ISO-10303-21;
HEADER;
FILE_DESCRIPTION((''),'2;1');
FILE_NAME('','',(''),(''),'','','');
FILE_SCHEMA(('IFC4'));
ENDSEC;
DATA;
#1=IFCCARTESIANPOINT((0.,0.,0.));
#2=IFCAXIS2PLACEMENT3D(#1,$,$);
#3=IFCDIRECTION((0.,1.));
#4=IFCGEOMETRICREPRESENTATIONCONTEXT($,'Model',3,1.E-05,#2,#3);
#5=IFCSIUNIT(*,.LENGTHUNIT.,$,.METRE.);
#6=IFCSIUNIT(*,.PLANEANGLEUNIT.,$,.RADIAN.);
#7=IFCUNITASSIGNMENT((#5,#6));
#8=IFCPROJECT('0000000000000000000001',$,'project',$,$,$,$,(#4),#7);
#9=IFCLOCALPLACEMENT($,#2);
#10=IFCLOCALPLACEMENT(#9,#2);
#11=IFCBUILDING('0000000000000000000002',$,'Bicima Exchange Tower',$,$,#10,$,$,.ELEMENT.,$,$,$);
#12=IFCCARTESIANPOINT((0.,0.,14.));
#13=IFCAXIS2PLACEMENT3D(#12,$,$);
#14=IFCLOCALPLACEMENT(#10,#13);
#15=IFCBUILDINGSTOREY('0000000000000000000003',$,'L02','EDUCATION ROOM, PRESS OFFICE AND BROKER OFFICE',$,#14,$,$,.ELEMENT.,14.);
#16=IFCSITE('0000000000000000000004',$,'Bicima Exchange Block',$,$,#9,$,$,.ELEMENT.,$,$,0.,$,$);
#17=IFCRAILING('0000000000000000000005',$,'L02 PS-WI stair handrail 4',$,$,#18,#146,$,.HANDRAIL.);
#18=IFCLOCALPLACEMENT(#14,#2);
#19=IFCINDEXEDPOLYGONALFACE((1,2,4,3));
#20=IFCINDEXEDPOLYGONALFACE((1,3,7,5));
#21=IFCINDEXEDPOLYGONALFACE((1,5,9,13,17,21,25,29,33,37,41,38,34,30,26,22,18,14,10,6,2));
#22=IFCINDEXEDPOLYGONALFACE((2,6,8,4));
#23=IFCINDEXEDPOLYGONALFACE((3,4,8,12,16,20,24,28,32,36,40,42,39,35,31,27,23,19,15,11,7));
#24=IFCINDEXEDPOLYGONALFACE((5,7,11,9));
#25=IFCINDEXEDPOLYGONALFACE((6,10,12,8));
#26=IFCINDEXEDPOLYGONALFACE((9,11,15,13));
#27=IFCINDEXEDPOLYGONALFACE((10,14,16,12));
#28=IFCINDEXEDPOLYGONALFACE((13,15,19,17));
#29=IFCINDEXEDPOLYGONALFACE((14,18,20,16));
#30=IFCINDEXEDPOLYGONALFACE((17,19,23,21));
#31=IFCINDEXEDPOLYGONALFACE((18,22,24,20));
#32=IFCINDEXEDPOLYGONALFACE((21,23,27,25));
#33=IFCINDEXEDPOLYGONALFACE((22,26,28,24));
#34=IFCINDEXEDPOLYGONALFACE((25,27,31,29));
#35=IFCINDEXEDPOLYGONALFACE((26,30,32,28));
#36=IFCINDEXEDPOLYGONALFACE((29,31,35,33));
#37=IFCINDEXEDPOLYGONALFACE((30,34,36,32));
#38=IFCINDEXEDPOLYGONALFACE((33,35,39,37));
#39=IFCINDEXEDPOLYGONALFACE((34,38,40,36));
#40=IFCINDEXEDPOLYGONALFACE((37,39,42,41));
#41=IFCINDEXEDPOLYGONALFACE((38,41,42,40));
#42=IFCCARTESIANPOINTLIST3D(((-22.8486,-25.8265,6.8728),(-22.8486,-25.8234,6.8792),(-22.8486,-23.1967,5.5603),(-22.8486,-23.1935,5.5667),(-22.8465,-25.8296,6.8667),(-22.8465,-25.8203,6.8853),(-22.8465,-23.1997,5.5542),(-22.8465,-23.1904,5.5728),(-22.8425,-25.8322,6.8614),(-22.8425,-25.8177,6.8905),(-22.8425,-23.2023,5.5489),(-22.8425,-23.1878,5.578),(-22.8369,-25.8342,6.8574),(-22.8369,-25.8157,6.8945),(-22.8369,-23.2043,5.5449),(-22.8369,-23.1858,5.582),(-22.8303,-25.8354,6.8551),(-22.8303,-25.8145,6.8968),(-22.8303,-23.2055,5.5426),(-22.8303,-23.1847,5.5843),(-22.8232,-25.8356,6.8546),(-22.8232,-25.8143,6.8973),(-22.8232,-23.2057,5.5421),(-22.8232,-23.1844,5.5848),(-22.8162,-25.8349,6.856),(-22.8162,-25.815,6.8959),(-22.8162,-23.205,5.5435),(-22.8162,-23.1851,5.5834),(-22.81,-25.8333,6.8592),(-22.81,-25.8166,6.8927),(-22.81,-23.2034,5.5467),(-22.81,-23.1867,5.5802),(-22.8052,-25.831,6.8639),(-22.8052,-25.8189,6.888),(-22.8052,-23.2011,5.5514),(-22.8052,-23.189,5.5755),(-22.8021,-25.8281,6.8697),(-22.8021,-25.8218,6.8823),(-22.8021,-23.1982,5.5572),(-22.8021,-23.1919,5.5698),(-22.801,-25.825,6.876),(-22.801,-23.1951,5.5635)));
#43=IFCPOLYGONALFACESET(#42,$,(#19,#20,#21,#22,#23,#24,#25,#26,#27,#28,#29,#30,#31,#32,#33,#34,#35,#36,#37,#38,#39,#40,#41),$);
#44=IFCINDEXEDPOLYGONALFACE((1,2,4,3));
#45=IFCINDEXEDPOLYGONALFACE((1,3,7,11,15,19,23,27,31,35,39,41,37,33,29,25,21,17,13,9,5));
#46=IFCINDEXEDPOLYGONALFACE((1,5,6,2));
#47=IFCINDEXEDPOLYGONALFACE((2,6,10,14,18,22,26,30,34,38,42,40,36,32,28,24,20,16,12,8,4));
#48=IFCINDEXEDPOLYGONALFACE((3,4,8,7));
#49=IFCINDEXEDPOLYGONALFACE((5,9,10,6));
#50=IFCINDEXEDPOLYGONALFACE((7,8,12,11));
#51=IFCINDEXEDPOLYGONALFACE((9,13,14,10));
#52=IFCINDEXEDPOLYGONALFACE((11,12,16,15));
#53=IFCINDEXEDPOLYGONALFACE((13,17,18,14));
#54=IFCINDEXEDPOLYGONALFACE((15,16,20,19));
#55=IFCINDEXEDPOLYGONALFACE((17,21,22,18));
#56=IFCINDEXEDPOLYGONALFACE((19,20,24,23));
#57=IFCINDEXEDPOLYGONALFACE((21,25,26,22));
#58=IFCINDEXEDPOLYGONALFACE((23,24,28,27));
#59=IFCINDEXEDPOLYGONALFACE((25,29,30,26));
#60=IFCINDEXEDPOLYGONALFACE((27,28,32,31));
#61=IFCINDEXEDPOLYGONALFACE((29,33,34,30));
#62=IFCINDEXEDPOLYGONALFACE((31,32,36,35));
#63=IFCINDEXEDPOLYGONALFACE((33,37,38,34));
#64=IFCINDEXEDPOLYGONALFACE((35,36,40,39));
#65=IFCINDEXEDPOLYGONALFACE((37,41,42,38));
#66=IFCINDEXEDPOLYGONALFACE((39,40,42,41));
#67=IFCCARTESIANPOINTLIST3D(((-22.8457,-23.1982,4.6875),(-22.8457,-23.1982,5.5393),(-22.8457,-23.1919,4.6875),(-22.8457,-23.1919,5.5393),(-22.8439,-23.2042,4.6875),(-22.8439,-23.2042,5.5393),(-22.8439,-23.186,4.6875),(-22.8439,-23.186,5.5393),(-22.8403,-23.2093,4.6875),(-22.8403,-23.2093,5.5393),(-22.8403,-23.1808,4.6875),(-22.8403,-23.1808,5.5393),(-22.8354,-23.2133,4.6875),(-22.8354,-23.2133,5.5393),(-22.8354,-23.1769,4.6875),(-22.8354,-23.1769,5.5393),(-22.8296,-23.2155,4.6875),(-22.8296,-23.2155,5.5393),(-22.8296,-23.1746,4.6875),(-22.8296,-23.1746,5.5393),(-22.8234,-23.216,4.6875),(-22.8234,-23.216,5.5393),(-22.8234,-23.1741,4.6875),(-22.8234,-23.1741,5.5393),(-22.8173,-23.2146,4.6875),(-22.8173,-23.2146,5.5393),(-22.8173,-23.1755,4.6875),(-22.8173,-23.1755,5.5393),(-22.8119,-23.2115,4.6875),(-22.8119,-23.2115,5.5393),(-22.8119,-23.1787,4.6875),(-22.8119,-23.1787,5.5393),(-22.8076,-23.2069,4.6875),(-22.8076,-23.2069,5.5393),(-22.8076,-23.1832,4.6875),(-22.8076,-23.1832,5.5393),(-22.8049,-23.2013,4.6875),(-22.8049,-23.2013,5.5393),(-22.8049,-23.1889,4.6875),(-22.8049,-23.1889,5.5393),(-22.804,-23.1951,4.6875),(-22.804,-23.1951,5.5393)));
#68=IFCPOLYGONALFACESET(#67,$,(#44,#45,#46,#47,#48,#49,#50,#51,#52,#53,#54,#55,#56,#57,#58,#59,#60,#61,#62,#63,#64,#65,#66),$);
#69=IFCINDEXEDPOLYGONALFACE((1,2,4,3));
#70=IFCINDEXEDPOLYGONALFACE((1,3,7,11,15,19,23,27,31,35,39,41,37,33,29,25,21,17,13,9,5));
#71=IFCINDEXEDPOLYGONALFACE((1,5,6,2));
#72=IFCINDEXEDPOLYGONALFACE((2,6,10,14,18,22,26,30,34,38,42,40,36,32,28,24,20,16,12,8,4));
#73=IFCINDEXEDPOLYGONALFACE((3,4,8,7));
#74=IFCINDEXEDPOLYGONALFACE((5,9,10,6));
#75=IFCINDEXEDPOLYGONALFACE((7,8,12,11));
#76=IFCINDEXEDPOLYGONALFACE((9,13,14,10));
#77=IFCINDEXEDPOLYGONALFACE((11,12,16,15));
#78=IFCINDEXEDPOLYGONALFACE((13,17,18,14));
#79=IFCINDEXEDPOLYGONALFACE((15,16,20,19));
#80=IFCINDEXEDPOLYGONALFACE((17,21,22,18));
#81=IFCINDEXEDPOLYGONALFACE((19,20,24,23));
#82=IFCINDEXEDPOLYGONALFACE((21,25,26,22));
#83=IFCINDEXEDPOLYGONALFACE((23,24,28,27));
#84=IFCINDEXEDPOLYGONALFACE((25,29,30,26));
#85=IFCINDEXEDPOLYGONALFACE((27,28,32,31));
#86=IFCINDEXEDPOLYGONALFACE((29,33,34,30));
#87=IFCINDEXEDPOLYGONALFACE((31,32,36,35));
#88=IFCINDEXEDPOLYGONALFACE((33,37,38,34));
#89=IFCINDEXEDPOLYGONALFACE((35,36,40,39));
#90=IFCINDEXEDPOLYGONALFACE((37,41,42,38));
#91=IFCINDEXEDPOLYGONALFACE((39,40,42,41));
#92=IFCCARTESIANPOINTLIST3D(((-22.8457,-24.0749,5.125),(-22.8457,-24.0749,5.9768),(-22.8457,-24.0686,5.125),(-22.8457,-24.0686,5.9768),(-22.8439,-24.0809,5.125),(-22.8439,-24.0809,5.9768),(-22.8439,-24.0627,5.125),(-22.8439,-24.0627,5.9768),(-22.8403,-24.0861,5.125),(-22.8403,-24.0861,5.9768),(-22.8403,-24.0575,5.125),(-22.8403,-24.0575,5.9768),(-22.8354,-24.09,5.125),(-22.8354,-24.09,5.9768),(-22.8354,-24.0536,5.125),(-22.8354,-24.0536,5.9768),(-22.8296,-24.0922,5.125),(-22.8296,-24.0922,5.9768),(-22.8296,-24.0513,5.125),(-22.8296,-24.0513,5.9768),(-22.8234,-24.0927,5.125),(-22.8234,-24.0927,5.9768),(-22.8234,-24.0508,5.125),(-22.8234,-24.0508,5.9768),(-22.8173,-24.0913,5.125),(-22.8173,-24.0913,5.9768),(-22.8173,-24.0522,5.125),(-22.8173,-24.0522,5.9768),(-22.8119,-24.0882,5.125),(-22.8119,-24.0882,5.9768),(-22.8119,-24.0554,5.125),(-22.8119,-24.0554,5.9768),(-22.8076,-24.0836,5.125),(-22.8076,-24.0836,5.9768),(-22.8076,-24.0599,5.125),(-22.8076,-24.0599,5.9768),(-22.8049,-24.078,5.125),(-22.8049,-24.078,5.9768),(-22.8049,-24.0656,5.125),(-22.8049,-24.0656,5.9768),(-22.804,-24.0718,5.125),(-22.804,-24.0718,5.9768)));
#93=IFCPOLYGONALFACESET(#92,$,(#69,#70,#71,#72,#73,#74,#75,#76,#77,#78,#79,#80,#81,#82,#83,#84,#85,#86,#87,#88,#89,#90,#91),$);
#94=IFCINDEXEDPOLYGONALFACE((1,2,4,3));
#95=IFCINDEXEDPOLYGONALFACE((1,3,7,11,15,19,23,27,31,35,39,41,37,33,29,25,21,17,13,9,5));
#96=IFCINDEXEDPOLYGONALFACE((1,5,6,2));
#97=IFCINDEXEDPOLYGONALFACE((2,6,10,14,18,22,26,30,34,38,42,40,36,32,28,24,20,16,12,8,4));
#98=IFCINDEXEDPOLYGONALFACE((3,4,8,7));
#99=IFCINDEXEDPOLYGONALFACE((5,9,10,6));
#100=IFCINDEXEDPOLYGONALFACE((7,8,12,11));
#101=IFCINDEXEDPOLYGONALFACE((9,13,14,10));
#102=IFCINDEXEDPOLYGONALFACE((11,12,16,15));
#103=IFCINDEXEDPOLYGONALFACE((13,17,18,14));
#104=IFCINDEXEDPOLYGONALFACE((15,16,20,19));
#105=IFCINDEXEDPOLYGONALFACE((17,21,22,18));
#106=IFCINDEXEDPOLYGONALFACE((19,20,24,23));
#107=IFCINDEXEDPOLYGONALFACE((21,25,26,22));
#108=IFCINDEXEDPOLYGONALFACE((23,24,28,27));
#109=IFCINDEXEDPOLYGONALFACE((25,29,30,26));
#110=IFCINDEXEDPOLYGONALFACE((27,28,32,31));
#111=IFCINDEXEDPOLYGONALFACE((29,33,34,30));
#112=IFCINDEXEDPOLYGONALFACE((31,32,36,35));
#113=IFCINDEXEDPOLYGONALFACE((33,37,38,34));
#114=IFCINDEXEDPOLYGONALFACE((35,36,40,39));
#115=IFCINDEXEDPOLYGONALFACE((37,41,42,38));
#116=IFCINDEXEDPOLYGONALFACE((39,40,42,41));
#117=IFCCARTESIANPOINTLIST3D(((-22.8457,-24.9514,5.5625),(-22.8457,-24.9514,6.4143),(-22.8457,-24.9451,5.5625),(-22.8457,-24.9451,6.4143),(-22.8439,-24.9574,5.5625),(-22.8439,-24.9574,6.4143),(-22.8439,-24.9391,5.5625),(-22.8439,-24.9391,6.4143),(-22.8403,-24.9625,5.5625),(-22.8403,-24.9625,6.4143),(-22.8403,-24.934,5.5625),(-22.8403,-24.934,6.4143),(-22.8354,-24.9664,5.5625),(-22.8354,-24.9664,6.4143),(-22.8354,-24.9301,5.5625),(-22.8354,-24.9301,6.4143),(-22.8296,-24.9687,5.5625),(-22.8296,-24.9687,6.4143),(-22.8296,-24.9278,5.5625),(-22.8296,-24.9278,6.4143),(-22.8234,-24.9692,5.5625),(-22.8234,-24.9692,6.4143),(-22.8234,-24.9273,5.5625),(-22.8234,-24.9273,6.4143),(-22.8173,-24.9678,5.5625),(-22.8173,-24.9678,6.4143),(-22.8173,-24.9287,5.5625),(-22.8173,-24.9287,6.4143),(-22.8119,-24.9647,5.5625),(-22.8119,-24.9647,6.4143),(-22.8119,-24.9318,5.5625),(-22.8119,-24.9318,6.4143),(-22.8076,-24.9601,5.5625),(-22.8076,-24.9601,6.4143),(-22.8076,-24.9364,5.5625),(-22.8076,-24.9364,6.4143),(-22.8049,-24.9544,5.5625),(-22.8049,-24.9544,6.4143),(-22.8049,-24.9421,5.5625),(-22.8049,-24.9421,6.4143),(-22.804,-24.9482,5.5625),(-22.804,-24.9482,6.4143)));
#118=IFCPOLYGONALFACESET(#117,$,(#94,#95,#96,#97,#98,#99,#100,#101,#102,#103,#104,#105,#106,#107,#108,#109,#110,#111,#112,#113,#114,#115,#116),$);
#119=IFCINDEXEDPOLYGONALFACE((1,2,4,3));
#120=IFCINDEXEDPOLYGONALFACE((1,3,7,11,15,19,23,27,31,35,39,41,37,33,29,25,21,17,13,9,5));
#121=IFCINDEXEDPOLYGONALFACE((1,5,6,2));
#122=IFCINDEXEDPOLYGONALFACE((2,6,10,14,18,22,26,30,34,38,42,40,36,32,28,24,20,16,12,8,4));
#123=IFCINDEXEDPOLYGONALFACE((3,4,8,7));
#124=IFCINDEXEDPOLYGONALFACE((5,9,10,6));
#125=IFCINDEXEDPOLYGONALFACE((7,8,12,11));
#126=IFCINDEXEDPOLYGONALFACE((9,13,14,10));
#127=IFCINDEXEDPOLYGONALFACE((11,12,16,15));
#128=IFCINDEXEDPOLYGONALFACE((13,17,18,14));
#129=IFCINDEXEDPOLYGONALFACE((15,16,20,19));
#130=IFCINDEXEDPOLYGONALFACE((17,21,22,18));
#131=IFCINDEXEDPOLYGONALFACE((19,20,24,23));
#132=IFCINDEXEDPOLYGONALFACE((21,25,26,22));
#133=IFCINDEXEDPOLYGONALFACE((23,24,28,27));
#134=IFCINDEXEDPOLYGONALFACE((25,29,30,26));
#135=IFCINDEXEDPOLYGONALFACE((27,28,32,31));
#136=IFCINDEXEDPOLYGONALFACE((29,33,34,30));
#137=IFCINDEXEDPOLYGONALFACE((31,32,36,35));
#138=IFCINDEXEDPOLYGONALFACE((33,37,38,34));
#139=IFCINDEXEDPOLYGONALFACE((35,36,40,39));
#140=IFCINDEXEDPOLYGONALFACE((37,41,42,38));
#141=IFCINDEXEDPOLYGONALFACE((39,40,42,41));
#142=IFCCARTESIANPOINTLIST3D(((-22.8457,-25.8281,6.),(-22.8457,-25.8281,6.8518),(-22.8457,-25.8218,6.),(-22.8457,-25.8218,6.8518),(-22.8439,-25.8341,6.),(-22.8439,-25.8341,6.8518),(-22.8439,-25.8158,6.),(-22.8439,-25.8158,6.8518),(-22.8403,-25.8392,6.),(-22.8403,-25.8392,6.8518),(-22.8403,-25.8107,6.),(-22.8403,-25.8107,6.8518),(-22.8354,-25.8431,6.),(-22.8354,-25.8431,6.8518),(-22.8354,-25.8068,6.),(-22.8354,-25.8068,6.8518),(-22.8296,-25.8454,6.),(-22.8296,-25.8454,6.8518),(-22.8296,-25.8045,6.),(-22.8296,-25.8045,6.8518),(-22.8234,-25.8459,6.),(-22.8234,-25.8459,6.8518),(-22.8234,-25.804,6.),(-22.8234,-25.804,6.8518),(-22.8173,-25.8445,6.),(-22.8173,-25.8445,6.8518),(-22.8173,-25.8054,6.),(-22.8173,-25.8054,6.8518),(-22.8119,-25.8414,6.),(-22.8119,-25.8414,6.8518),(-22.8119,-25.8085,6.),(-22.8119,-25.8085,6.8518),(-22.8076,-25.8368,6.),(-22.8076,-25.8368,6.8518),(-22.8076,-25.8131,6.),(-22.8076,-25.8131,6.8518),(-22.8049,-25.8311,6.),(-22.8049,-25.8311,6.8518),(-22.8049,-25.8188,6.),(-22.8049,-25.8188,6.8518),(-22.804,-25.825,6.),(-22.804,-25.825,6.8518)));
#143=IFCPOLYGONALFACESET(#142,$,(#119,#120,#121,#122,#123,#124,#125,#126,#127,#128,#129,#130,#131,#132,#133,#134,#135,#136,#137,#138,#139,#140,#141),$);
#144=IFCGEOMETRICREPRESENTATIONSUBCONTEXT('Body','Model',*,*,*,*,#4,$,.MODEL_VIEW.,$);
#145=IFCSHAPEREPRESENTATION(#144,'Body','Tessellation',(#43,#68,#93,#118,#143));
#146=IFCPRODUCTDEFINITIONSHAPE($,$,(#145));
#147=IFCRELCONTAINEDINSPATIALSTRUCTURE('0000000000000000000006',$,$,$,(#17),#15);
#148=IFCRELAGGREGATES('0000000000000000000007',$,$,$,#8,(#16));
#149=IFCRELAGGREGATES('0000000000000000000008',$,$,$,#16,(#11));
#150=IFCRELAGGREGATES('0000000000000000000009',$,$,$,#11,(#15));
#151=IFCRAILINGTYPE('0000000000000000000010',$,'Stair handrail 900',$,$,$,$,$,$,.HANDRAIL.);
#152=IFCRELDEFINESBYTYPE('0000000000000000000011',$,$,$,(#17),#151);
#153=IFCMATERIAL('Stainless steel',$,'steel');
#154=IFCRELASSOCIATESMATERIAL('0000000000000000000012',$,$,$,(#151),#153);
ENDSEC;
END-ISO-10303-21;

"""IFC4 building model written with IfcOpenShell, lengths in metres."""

from ifc_helpers import new_model, si_unit, direction, frame, origin, origin_2d, place, context, subcontext, project, spatial, circle, extrude, material, type_object, element, save


model = new_model("IFC4")

# Units and contexts
model_context = context("Model", 3, precision=1e-05, world=origin(), true_north=direction((0.0, 1.0)))
body_context = subcontext(model_context, "Body", "Model", "MODEL_VIEW")
ifc_project = project(units=[si_unit("LENGTHUNIT", "METRE"), si_unit("PLANEANGLEUNIT", "RADIAN")], contexts=[model_context])

# Site, building, storey
site_placement = place(None, origin())
site = spatial("IfcSite", under=ifc_project, at=site_placement, Name="Bicima Exchange Block", CompositionType="ELEMENT", RefElevation=0.0)
building_placement = place(site_placement, origin())
building = spatial("IfcBuilding", under=site, at=building_placement, Name="Bicima Exchange Tower", CompositionType="ELEMENT")
storey_placement = place(building_placement, frame((0.0, 0.0, 14.0)))
storey = spatial("IfcBuildingStorey", under=building, at=storey_placement, Name="L02", Description="EDUCATION ROOM, PRESS OFFICE AND BROKER OFFICE", CompositionType="ELEMENT", Elevation=14.0)

# Shared definitions
ifc_material_1 = material(Name="Stainless steel", Category="steel")

# Railing
railing_type_1 = type_object("IfcRailingType", Name="Stair handrail 900", PredefinedType="HANDRAIL", material=ifc_material_1)
for number, where, name in (
    (1, (-22.825, -23.1951, 4.6875), "L02 PS-WI stair handrail 4"),
):
    element("IfcRailing", number, at=place(storey_placement, frame(where)), inside=storey, type_object=railing_type_1, Name=name, PredefinedType="HANDRAIL", context=body_context, shape_type="SweptSolid", body=[
        extrude(circle(Radius=0.0239, at=origin_2d()), frame((0.0, 0.0, 0.876), z_axis=(0.0, -0.894759, 0.446549), x_axis=(1.0, 0.0, 0.0)), (0.0, 0.0, 1.0), 2.9392),
        extrude(circle(Radius=0.021, at=origin_2d()), origin(), (0.0, 0.0, 1.0), 0.8518),
        extrude(circle(Radius=0.021, at=origin_2d()), frame((0.0, -0.8767, 0.4375)), (0.0, 0.0, 1.0), 0.8518),
        extrude(circle(Radius=0.021, at=origin_2d()), frame((0.0, -1.7532, 0.875)), (0.0, 0.0, 1.0), 0.8518),
        extrude(circle(Radius=0.021, at=origin_2d()), frame((0.0, -2.6299, 1.3125)), (0.0, 0.0, 1.0), 0.8518),
    ])

save(model, "model.ifc")
